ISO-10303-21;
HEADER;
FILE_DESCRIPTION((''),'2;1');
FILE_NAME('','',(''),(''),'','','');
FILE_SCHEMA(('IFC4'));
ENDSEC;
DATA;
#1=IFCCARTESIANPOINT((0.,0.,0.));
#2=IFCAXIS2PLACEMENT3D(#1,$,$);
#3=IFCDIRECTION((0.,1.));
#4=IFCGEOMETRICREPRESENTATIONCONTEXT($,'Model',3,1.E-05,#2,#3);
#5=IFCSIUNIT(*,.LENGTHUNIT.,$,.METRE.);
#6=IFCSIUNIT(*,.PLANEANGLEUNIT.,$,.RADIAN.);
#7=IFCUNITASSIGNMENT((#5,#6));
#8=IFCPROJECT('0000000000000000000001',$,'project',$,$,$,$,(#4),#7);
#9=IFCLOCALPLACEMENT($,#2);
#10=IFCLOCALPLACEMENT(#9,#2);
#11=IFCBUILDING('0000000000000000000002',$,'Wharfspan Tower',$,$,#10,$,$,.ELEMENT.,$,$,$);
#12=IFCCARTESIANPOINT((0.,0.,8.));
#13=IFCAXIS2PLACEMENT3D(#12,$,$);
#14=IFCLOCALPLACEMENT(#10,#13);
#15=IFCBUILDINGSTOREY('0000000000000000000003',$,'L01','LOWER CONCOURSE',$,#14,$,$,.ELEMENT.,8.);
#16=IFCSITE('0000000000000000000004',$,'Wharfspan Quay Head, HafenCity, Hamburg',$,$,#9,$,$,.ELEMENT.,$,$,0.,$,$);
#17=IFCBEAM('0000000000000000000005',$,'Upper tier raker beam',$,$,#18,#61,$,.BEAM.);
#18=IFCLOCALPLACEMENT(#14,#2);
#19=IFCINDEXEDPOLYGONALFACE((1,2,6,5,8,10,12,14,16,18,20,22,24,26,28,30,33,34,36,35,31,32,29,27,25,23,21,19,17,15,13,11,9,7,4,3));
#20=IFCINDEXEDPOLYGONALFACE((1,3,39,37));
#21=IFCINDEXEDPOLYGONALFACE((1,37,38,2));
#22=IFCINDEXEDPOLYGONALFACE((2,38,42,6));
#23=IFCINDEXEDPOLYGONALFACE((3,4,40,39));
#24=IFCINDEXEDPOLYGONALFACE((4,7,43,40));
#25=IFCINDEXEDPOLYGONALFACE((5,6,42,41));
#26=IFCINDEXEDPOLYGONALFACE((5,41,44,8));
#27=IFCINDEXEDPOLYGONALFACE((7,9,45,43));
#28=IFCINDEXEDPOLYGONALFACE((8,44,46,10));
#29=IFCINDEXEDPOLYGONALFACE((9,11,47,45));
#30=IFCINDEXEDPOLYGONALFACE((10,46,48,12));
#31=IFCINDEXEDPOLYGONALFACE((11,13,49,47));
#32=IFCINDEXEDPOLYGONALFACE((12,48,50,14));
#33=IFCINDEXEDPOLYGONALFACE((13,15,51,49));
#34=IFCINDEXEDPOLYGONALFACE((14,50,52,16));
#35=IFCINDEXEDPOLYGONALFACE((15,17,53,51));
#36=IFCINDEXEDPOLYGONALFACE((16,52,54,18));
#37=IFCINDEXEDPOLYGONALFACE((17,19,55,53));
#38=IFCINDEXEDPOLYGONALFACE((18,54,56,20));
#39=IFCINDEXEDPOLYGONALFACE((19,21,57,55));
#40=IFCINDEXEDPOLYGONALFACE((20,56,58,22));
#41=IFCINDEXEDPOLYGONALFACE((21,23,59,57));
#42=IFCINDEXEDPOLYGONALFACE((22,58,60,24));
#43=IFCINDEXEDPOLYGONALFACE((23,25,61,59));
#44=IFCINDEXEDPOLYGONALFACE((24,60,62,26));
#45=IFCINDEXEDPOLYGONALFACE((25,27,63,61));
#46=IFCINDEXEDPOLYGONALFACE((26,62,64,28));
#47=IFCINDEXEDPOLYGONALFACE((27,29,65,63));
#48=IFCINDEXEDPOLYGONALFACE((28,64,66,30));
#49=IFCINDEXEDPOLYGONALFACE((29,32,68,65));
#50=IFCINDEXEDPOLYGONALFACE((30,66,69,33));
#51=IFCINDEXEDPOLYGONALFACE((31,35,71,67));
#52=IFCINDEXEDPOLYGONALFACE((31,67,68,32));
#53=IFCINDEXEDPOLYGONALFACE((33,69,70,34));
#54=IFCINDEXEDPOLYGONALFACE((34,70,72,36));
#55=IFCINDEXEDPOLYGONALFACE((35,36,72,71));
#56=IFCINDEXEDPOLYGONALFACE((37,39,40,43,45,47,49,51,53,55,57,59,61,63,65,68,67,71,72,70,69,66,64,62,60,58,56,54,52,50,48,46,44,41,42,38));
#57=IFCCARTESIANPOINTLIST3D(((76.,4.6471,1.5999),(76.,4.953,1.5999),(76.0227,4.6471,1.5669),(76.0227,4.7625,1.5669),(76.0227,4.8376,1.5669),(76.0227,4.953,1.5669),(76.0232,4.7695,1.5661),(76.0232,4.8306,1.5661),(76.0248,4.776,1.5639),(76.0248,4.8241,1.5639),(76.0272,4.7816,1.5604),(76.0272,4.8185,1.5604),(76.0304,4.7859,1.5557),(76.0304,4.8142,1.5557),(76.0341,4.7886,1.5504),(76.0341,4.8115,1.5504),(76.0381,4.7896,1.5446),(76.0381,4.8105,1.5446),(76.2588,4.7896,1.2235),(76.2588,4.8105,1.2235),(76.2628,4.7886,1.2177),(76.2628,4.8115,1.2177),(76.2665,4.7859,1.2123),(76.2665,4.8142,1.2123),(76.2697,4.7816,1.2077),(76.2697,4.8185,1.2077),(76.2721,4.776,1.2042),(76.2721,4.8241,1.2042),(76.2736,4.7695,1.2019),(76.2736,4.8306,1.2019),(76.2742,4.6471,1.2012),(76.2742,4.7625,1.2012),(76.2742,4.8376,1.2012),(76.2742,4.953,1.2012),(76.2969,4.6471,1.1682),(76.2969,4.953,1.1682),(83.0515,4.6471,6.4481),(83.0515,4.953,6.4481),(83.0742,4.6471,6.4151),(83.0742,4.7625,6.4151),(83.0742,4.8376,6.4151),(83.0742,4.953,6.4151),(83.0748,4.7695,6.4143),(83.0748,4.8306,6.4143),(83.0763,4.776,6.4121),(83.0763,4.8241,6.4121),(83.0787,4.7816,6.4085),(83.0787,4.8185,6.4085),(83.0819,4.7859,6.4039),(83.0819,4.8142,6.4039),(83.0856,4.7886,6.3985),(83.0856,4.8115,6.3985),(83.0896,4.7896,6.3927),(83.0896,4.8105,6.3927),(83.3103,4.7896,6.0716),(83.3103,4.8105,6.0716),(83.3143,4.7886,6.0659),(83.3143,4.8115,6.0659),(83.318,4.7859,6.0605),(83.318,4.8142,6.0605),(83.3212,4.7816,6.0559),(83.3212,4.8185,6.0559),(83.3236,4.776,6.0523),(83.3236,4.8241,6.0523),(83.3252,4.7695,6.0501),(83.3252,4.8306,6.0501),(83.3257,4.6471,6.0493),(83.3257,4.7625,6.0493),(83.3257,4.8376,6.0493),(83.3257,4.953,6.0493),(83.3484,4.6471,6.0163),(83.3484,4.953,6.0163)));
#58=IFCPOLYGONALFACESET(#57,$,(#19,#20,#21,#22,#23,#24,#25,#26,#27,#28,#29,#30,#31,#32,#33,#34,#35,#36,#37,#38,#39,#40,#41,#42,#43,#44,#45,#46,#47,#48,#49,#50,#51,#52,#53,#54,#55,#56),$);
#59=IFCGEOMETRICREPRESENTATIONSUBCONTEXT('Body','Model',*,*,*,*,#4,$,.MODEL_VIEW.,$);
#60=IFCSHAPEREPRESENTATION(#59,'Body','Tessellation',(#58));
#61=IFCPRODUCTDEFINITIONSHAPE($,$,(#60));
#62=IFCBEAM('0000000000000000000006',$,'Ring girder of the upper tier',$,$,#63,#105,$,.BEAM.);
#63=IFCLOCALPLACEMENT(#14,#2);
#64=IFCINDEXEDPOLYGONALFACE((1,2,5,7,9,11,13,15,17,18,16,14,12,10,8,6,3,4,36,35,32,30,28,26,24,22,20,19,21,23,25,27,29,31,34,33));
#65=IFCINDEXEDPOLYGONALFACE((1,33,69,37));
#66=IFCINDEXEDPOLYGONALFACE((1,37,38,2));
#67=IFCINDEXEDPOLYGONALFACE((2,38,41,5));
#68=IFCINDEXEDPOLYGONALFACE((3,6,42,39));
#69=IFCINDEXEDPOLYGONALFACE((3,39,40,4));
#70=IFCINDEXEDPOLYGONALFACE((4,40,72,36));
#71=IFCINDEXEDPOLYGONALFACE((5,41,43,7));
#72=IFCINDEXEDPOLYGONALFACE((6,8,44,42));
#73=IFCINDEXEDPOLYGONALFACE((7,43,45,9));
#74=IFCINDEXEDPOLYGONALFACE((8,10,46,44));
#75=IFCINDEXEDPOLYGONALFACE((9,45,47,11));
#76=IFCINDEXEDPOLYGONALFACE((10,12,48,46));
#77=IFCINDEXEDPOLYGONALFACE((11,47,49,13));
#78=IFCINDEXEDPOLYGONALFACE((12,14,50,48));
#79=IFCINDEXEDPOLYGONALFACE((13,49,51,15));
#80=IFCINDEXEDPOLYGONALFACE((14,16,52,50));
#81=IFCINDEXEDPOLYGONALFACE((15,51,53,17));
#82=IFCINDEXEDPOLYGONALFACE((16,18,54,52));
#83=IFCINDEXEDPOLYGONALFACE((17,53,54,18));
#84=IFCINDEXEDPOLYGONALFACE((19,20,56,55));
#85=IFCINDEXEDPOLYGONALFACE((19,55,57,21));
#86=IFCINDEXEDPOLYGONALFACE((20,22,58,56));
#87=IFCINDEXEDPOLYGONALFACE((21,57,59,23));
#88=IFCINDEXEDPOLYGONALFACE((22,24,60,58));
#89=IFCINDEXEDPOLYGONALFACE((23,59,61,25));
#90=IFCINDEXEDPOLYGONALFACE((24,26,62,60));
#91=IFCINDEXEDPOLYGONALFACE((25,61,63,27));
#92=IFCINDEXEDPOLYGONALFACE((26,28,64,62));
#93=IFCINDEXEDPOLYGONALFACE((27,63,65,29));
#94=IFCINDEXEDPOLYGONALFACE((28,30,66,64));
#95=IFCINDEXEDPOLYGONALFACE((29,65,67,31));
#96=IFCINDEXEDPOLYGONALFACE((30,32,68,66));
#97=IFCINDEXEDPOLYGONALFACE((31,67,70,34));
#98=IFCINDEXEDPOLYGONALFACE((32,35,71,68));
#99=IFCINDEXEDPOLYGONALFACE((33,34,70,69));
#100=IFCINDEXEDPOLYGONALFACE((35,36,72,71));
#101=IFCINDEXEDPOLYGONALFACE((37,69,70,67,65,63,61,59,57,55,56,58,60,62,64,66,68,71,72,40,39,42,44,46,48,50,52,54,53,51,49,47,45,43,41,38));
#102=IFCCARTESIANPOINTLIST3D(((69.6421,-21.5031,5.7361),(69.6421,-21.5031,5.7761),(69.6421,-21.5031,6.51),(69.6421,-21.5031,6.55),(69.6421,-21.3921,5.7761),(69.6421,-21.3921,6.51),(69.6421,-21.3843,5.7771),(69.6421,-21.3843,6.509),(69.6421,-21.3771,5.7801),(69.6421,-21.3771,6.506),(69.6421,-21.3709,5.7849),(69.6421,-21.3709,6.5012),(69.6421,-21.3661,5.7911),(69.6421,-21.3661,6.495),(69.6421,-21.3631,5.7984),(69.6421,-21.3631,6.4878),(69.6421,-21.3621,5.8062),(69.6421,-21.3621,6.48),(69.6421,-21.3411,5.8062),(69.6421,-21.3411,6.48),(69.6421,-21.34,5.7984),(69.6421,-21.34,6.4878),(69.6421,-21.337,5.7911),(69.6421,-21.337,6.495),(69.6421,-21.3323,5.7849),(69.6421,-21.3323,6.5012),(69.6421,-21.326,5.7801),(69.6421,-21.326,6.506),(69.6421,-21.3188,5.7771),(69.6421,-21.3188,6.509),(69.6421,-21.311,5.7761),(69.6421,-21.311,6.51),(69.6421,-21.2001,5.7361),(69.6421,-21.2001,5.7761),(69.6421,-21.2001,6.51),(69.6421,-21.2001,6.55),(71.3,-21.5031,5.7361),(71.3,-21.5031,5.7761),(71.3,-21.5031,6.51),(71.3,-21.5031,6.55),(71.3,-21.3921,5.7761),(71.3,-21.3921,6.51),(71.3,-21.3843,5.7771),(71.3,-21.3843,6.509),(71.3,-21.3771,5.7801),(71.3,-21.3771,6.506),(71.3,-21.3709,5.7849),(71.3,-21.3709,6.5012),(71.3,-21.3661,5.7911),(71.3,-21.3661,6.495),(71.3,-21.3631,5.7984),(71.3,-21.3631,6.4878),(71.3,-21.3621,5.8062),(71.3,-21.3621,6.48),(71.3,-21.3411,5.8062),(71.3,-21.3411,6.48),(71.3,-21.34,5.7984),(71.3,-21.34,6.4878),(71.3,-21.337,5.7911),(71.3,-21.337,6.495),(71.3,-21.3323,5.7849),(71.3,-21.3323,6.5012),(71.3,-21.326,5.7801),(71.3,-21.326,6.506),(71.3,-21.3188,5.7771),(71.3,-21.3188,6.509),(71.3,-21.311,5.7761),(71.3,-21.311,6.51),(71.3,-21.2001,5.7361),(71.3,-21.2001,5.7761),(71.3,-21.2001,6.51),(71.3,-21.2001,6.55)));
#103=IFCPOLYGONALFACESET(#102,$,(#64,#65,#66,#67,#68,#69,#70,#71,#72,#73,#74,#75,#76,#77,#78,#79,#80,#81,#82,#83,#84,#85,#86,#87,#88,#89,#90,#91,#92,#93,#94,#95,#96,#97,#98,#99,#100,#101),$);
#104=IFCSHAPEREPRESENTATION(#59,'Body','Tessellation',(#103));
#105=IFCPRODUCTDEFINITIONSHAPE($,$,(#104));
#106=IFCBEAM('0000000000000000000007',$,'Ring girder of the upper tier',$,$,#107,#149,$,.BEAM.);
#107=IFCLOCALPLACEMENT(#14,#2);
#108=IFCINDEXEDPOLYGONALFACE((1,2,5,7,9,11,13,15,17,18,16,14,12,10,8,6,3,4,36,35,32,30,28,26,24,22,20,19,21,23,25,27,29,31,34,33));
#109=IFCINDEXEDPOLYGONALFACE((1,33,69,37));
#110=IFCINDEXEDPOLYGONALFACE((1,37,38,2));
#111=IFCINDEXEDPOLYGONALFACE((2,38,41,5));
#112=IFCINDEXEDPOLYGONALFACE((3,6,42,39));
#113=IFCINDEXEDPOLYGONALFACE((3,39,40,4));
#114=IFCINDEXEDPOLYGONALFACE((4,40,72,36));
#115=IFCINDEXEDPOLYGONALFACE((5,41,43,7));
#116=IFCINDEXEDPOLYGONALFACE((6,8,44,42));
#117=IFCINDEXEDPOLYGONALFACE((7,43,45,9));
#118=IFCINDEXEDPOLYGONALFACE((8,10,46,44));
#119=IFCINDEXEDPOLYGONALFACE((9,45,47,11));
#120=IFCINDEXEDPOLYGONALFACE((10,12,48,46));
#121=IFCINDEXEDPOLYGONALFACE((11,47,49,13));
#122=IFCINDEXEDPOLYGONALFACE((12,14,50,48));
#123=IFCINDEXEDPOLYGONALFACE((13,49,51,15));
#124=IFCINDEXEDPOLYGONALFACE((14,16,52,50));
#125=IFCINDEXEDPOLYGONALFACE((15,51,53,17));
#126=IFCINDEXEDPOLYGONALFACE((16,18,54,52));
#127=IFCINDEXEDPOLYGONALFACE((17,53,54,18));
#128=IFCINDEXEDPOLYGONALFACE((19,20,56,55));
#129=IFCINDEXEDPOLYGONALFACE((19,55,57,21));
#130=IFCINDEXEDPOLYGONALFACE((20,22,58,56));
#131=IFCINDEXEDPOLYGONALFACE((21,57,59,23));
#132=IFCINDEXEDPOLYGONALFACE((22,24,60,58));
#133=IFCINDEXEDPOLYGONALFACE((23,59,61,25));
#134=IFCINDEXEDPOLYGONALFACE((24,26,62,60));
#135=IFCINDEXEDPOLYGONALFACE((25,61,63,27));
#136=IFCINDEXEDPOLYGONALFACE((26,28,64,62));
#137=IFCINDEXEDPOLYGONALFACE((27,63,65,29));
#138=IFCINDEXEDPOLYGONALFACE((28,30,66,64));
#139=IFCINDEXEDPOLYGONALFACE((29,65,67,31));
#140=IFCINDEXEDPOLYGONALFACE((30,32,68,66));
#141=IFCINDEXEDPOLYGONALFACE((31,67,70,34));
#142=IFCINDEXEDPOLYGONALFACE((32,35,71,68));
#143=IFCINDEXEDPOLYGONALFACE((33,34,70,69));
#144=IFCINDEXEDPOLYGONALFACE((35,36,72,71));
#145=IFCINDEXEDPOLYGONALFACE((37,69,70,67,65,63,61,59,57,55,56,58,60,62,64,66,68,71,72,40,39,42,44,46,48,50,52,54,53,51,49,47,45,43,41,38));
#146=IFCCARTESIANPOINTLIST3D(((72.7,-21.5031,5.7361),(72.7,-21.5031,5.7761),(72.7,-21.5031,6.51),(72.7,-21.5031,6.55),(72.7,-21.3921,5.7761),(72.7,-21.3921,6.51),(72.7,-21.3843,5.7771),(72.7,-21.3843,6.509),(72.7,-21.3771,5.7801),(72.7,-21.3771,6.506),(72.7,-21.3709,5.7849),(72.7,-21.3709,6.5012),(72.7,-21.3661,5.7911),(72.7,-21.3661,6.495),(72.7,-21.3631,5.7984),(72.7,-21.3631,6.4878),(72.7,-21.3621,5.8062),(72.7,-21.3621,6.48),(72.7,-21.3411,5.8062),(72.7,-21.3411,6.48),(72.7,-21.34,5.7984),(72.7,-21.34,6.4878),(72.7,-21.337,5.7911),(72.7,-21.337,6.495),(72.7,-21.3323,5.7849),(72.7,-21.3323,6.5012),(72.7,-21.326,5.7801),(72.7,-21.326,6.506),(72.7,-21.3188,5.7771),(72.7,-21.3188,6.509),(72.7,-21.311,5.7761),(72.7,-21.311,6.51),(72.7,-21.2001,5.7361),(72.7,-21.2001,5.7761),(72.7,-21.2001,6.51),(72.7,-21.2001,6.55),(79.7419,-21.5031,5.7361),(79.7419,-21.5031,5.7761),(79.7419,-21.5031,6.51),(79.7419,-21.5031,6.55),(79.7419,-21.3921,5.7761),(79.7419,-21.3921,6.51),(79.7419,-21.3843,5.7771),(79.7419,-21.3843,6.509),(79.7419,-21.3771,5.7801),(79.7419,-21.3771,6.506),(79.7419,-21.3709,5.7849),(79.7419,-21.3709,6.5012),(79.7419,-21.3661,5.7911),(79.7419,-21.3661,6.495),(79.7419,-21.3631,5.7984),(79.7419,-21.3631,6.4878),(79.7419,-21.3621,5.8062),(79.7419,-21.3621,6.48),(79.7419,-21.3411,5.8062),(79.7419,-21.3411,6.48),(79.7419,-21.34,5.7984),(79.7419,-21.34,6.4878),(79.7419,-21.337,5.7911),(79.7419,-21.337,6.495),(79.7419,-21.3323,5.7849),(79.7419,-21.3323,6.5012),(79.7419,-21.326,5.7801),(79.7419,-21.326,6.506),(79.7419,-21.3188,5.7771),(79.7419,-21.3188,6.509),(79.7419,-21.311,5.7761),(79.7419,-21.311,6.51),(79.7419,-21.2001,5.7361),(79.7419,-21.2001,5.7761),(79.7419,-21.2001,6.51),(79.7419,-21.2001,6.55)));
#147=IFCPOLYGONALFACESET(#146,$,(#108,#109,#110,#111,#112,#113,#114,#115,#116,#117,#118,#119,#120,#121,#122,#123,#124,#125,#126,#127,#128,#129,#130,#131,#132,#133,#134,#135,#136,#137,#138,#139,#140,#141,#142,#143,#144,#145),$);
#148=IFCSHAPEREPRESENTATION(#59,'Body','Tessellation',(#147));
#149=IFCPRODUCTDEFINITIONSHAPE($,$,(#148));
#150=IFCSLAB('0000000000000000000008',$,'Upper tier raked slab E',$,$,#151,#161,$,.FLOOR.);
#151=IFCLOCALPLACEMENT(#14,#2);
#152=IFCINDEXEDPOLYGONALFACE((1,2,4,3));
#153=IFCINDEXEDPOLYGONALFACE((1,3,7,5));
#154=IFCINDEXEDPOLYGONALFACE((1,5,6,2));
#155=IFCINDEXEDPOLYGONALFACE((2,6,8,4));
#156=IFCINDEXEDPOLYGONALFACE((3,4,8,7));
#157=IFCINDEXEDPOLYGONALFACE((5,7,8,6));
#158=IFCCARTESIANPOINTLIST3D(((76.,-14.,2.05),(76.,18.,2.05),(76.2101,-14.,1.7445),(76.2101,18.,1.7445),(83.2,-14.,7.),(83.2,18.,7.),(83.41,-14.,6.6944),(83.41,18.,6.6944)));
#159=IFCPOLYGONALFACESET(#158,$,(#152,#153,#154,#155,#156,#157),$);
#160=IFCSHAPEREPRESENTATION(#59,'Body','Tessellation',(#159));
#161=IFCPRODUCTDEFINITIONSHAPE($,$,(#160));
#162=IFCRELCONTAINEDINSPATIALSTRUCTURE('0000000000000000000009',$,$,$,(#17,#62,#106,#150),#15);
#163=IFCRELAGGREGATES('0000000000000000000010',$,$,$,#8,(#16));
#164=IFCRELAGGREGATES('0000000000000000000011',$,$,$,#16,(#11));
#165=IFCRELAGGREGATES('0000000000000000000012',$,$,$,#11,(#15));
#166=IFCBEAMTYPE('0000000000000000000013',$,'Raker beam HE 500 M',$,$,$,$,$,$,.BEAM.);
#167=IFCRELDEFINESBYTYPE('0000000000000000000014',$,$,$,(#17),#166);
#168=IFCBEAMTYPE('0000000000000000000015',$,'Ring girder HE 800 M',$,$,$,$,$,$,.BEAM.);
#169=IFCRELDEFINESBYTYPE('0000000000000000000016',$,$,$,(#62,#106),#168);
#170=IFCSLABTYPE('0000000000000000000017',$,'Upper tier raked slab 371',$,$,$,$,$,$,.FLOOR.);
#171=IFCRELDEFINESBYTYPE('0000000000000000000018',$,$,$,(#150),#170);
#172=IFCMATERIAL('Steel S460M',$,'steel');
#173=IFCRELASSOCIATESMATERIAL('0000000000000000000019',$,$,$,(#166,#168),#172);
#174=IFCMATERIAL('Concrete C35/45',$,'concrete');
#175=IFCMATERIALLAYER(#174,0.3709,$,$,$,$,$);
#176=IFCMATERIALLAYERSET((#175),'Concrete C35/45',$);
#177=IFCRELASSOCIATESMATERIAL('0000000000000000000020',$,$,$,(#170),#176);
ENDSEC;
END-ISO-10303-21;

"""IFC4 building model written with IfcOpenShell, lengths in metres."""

from ifc_helpers import new_model, si_unit, direction, frame, origin, origin_2d, place, context, subcontext, project, spatial, polyline, i_section, outline, extrude, material, layer, layer_set, material_profile, profile_set, type_object, element, save


model = new_model("IFC4")

# Units and contexts
model_context = context("Model", 3, precision=1e-05, world=origin(), true_north=direction((0.0, 1.0)))
body_context = subcontext(model_context, "Body", "Model", "MODEL_VIEW")
ifc_project = project(units=[si_unit("LENGTHUNIT", "METRE"), si_unit("PLANEANGLEUNIT", "RADIAN")], contexts=[model_context])

# Site, building, storey
site_placement = place(None, origin())
site = spatial("IfcSite", under=ifc_project, at=site_placement, Name="Wharfspan Quay Head, HafenCity, Hamburg", CompositionType="ELEMENT", RefElevation=0.0)
building_placement = place(site_placement, origin())
building = spatial("IfcBuilding", under=site, at=building_placement, Name="Wharfspan Tower", CompositionType="ELEMENT")
storey_placement = place(building_placement, frame((0.0, 0.0, 8.0)))
storey = spatial("IfcBuildingStorey", under=building, at=storey_placement, Name="L01", Description="LOWER CONCOURSE", CompositionType="ELEMENT", Elevation=8.0)

# Beams
ifc_material_1 = material(Name="Steel S460M", Category="steel")
ifc_material_profile_1 = material_profile(ifc_material_1, i_section(OverallWidth=0.3059, OverallDepth=0.5239, WebThickness=0.021, FlangeThickness=0.04, FilletRadius=0.0271, at=origin_2d()))
ifc_profile_set_1 = profile_set([ifc_material_profile_1], Name="Steel S460M")
beam_type_1 = type_object("IfcBeamType", Name="Raker beam HE 500 M", PredefinedType="BEAM", material=ifc_profile_set_1)
for number, where, z_axis, x_axis, name in (
    (1, (76.1484, 4.8, 1.384), (0.824029, 0.0, 0.566547), (0.0, 1.0, 0.0), "Upper tier raker beam"),
):
    element("IfcBeam", number, at=place(storey_placement, frame(where, z_axis=z_axis, x_axis=x_axis)), inside=storey, type_object=beam_type_1, Name=name, PredefinedType="BEAM", context=body_context, shape_type="SweptSolid", body=[
        extrude(i_section(OverallWidth=0.3059, OverallDepth=0.5239, WebThickness=0.021, FlangeThickness=0.04, FilletRadius=0.0271, at=origin_2d()), origin(), (0.0, 0.0, 1.0), 8.5574),
    ])
ifc_material_profile_2 = material_profile(ifc_material_1, i_section(OverallWidth=0.303, OverallDepth=0.814, WebThickness=0.021, FlangeThickness=0.04, FilletRadius=0.03, at=origin_2d()))
ifc_profile_set_2 = profile_set([ifc_material_profile_2], Name="Steel S460M")
beam_type_2 = type_object("IfcBeamType", Name="Ring girder HE 800 M", PredefinedType="BEAM", material=ifc_profile_set_2)
beam_1_placement = place(storey_placement, frame((69.6421, -21.3516, 6.1431), z_axis=(1.0, 0.0, 0.0), x_axis=(0.0, 1.0, 0.0)))
element("IfcBeam", 2, at=beam_1_placement, inside=storey, type_object=beam_type_2, Name="Ring girder of the upper tier", PredefinedType="BEAM", context=body_context, shape_type="SweptSolid", body=[
    extrude(i_section(OverallWidth=0.303, OverallDepth=0.814, WebThickness=0.021, FlangeThickness=0.04, FilletRadius=0.03, at=origin_2d()), origin(), (0.0, 0.0, 1.0), 1.658),
])
beam_2_placement = place(storey_placement, frame((72.7, -21.3516, 6.1431), z_axis=(1.0, 0.0, 0.0), x_axis=(0.0, 1.0, 0.0)))
element("IfcBeam", 3, at=beam_2_placement, inside=storey, type_object=beam_type_2, Name="Ring girder of the upper tier", PredefinedType="BEAM", context=body_context, shape_type="SweptSolid", body=[
    extrude(i_section(OverallWidth=0.303, OverallDepth=0.814, WebThickness=0.021, FlangeThickness=0.04, FilletRadius=0.03, at=origin_2d()), origin(), (0.0, 0.0, 1.0), 7.042),
])

# Slab
ifc_material_2 = material(Name="Concrete C35/45", Category="concrete")
ifc_layer = layer(ifc_material_2, 0.3709)
ifc_layer_set = layer_set([ifc_layer], Name="Concrete C35/45")
slab_type = type_object("IfcSlabType", Name="Upper tier raked slab 371", PredefinedType="FLOOR", material=ifc_layer_set)
slab_placement = place(storey_placement, frame((76.0, -14.0, 2.05), z_axis=(-0.566528, 0.0, 0.824043), x_axis=(0.824043, 0.0, 0.566528)))
element("IfcSlab", 4, at=slab_placement, inside=storey, type_object=slab_type, Name="Upper tier raked slab E", PredefinedType="FLOOR", context=body_context, shape_type="SweptSolid", body=[
    extrude(outline(polyline([(0.0, 0.0), (8.7374, 0.0), (8.7374, 32.0), (0.0, 32.0), (0.0, 0.0)])), origin(), (0.0, 0.0, -1.0), 0.3709),
])

save(model, "model.ifc")
